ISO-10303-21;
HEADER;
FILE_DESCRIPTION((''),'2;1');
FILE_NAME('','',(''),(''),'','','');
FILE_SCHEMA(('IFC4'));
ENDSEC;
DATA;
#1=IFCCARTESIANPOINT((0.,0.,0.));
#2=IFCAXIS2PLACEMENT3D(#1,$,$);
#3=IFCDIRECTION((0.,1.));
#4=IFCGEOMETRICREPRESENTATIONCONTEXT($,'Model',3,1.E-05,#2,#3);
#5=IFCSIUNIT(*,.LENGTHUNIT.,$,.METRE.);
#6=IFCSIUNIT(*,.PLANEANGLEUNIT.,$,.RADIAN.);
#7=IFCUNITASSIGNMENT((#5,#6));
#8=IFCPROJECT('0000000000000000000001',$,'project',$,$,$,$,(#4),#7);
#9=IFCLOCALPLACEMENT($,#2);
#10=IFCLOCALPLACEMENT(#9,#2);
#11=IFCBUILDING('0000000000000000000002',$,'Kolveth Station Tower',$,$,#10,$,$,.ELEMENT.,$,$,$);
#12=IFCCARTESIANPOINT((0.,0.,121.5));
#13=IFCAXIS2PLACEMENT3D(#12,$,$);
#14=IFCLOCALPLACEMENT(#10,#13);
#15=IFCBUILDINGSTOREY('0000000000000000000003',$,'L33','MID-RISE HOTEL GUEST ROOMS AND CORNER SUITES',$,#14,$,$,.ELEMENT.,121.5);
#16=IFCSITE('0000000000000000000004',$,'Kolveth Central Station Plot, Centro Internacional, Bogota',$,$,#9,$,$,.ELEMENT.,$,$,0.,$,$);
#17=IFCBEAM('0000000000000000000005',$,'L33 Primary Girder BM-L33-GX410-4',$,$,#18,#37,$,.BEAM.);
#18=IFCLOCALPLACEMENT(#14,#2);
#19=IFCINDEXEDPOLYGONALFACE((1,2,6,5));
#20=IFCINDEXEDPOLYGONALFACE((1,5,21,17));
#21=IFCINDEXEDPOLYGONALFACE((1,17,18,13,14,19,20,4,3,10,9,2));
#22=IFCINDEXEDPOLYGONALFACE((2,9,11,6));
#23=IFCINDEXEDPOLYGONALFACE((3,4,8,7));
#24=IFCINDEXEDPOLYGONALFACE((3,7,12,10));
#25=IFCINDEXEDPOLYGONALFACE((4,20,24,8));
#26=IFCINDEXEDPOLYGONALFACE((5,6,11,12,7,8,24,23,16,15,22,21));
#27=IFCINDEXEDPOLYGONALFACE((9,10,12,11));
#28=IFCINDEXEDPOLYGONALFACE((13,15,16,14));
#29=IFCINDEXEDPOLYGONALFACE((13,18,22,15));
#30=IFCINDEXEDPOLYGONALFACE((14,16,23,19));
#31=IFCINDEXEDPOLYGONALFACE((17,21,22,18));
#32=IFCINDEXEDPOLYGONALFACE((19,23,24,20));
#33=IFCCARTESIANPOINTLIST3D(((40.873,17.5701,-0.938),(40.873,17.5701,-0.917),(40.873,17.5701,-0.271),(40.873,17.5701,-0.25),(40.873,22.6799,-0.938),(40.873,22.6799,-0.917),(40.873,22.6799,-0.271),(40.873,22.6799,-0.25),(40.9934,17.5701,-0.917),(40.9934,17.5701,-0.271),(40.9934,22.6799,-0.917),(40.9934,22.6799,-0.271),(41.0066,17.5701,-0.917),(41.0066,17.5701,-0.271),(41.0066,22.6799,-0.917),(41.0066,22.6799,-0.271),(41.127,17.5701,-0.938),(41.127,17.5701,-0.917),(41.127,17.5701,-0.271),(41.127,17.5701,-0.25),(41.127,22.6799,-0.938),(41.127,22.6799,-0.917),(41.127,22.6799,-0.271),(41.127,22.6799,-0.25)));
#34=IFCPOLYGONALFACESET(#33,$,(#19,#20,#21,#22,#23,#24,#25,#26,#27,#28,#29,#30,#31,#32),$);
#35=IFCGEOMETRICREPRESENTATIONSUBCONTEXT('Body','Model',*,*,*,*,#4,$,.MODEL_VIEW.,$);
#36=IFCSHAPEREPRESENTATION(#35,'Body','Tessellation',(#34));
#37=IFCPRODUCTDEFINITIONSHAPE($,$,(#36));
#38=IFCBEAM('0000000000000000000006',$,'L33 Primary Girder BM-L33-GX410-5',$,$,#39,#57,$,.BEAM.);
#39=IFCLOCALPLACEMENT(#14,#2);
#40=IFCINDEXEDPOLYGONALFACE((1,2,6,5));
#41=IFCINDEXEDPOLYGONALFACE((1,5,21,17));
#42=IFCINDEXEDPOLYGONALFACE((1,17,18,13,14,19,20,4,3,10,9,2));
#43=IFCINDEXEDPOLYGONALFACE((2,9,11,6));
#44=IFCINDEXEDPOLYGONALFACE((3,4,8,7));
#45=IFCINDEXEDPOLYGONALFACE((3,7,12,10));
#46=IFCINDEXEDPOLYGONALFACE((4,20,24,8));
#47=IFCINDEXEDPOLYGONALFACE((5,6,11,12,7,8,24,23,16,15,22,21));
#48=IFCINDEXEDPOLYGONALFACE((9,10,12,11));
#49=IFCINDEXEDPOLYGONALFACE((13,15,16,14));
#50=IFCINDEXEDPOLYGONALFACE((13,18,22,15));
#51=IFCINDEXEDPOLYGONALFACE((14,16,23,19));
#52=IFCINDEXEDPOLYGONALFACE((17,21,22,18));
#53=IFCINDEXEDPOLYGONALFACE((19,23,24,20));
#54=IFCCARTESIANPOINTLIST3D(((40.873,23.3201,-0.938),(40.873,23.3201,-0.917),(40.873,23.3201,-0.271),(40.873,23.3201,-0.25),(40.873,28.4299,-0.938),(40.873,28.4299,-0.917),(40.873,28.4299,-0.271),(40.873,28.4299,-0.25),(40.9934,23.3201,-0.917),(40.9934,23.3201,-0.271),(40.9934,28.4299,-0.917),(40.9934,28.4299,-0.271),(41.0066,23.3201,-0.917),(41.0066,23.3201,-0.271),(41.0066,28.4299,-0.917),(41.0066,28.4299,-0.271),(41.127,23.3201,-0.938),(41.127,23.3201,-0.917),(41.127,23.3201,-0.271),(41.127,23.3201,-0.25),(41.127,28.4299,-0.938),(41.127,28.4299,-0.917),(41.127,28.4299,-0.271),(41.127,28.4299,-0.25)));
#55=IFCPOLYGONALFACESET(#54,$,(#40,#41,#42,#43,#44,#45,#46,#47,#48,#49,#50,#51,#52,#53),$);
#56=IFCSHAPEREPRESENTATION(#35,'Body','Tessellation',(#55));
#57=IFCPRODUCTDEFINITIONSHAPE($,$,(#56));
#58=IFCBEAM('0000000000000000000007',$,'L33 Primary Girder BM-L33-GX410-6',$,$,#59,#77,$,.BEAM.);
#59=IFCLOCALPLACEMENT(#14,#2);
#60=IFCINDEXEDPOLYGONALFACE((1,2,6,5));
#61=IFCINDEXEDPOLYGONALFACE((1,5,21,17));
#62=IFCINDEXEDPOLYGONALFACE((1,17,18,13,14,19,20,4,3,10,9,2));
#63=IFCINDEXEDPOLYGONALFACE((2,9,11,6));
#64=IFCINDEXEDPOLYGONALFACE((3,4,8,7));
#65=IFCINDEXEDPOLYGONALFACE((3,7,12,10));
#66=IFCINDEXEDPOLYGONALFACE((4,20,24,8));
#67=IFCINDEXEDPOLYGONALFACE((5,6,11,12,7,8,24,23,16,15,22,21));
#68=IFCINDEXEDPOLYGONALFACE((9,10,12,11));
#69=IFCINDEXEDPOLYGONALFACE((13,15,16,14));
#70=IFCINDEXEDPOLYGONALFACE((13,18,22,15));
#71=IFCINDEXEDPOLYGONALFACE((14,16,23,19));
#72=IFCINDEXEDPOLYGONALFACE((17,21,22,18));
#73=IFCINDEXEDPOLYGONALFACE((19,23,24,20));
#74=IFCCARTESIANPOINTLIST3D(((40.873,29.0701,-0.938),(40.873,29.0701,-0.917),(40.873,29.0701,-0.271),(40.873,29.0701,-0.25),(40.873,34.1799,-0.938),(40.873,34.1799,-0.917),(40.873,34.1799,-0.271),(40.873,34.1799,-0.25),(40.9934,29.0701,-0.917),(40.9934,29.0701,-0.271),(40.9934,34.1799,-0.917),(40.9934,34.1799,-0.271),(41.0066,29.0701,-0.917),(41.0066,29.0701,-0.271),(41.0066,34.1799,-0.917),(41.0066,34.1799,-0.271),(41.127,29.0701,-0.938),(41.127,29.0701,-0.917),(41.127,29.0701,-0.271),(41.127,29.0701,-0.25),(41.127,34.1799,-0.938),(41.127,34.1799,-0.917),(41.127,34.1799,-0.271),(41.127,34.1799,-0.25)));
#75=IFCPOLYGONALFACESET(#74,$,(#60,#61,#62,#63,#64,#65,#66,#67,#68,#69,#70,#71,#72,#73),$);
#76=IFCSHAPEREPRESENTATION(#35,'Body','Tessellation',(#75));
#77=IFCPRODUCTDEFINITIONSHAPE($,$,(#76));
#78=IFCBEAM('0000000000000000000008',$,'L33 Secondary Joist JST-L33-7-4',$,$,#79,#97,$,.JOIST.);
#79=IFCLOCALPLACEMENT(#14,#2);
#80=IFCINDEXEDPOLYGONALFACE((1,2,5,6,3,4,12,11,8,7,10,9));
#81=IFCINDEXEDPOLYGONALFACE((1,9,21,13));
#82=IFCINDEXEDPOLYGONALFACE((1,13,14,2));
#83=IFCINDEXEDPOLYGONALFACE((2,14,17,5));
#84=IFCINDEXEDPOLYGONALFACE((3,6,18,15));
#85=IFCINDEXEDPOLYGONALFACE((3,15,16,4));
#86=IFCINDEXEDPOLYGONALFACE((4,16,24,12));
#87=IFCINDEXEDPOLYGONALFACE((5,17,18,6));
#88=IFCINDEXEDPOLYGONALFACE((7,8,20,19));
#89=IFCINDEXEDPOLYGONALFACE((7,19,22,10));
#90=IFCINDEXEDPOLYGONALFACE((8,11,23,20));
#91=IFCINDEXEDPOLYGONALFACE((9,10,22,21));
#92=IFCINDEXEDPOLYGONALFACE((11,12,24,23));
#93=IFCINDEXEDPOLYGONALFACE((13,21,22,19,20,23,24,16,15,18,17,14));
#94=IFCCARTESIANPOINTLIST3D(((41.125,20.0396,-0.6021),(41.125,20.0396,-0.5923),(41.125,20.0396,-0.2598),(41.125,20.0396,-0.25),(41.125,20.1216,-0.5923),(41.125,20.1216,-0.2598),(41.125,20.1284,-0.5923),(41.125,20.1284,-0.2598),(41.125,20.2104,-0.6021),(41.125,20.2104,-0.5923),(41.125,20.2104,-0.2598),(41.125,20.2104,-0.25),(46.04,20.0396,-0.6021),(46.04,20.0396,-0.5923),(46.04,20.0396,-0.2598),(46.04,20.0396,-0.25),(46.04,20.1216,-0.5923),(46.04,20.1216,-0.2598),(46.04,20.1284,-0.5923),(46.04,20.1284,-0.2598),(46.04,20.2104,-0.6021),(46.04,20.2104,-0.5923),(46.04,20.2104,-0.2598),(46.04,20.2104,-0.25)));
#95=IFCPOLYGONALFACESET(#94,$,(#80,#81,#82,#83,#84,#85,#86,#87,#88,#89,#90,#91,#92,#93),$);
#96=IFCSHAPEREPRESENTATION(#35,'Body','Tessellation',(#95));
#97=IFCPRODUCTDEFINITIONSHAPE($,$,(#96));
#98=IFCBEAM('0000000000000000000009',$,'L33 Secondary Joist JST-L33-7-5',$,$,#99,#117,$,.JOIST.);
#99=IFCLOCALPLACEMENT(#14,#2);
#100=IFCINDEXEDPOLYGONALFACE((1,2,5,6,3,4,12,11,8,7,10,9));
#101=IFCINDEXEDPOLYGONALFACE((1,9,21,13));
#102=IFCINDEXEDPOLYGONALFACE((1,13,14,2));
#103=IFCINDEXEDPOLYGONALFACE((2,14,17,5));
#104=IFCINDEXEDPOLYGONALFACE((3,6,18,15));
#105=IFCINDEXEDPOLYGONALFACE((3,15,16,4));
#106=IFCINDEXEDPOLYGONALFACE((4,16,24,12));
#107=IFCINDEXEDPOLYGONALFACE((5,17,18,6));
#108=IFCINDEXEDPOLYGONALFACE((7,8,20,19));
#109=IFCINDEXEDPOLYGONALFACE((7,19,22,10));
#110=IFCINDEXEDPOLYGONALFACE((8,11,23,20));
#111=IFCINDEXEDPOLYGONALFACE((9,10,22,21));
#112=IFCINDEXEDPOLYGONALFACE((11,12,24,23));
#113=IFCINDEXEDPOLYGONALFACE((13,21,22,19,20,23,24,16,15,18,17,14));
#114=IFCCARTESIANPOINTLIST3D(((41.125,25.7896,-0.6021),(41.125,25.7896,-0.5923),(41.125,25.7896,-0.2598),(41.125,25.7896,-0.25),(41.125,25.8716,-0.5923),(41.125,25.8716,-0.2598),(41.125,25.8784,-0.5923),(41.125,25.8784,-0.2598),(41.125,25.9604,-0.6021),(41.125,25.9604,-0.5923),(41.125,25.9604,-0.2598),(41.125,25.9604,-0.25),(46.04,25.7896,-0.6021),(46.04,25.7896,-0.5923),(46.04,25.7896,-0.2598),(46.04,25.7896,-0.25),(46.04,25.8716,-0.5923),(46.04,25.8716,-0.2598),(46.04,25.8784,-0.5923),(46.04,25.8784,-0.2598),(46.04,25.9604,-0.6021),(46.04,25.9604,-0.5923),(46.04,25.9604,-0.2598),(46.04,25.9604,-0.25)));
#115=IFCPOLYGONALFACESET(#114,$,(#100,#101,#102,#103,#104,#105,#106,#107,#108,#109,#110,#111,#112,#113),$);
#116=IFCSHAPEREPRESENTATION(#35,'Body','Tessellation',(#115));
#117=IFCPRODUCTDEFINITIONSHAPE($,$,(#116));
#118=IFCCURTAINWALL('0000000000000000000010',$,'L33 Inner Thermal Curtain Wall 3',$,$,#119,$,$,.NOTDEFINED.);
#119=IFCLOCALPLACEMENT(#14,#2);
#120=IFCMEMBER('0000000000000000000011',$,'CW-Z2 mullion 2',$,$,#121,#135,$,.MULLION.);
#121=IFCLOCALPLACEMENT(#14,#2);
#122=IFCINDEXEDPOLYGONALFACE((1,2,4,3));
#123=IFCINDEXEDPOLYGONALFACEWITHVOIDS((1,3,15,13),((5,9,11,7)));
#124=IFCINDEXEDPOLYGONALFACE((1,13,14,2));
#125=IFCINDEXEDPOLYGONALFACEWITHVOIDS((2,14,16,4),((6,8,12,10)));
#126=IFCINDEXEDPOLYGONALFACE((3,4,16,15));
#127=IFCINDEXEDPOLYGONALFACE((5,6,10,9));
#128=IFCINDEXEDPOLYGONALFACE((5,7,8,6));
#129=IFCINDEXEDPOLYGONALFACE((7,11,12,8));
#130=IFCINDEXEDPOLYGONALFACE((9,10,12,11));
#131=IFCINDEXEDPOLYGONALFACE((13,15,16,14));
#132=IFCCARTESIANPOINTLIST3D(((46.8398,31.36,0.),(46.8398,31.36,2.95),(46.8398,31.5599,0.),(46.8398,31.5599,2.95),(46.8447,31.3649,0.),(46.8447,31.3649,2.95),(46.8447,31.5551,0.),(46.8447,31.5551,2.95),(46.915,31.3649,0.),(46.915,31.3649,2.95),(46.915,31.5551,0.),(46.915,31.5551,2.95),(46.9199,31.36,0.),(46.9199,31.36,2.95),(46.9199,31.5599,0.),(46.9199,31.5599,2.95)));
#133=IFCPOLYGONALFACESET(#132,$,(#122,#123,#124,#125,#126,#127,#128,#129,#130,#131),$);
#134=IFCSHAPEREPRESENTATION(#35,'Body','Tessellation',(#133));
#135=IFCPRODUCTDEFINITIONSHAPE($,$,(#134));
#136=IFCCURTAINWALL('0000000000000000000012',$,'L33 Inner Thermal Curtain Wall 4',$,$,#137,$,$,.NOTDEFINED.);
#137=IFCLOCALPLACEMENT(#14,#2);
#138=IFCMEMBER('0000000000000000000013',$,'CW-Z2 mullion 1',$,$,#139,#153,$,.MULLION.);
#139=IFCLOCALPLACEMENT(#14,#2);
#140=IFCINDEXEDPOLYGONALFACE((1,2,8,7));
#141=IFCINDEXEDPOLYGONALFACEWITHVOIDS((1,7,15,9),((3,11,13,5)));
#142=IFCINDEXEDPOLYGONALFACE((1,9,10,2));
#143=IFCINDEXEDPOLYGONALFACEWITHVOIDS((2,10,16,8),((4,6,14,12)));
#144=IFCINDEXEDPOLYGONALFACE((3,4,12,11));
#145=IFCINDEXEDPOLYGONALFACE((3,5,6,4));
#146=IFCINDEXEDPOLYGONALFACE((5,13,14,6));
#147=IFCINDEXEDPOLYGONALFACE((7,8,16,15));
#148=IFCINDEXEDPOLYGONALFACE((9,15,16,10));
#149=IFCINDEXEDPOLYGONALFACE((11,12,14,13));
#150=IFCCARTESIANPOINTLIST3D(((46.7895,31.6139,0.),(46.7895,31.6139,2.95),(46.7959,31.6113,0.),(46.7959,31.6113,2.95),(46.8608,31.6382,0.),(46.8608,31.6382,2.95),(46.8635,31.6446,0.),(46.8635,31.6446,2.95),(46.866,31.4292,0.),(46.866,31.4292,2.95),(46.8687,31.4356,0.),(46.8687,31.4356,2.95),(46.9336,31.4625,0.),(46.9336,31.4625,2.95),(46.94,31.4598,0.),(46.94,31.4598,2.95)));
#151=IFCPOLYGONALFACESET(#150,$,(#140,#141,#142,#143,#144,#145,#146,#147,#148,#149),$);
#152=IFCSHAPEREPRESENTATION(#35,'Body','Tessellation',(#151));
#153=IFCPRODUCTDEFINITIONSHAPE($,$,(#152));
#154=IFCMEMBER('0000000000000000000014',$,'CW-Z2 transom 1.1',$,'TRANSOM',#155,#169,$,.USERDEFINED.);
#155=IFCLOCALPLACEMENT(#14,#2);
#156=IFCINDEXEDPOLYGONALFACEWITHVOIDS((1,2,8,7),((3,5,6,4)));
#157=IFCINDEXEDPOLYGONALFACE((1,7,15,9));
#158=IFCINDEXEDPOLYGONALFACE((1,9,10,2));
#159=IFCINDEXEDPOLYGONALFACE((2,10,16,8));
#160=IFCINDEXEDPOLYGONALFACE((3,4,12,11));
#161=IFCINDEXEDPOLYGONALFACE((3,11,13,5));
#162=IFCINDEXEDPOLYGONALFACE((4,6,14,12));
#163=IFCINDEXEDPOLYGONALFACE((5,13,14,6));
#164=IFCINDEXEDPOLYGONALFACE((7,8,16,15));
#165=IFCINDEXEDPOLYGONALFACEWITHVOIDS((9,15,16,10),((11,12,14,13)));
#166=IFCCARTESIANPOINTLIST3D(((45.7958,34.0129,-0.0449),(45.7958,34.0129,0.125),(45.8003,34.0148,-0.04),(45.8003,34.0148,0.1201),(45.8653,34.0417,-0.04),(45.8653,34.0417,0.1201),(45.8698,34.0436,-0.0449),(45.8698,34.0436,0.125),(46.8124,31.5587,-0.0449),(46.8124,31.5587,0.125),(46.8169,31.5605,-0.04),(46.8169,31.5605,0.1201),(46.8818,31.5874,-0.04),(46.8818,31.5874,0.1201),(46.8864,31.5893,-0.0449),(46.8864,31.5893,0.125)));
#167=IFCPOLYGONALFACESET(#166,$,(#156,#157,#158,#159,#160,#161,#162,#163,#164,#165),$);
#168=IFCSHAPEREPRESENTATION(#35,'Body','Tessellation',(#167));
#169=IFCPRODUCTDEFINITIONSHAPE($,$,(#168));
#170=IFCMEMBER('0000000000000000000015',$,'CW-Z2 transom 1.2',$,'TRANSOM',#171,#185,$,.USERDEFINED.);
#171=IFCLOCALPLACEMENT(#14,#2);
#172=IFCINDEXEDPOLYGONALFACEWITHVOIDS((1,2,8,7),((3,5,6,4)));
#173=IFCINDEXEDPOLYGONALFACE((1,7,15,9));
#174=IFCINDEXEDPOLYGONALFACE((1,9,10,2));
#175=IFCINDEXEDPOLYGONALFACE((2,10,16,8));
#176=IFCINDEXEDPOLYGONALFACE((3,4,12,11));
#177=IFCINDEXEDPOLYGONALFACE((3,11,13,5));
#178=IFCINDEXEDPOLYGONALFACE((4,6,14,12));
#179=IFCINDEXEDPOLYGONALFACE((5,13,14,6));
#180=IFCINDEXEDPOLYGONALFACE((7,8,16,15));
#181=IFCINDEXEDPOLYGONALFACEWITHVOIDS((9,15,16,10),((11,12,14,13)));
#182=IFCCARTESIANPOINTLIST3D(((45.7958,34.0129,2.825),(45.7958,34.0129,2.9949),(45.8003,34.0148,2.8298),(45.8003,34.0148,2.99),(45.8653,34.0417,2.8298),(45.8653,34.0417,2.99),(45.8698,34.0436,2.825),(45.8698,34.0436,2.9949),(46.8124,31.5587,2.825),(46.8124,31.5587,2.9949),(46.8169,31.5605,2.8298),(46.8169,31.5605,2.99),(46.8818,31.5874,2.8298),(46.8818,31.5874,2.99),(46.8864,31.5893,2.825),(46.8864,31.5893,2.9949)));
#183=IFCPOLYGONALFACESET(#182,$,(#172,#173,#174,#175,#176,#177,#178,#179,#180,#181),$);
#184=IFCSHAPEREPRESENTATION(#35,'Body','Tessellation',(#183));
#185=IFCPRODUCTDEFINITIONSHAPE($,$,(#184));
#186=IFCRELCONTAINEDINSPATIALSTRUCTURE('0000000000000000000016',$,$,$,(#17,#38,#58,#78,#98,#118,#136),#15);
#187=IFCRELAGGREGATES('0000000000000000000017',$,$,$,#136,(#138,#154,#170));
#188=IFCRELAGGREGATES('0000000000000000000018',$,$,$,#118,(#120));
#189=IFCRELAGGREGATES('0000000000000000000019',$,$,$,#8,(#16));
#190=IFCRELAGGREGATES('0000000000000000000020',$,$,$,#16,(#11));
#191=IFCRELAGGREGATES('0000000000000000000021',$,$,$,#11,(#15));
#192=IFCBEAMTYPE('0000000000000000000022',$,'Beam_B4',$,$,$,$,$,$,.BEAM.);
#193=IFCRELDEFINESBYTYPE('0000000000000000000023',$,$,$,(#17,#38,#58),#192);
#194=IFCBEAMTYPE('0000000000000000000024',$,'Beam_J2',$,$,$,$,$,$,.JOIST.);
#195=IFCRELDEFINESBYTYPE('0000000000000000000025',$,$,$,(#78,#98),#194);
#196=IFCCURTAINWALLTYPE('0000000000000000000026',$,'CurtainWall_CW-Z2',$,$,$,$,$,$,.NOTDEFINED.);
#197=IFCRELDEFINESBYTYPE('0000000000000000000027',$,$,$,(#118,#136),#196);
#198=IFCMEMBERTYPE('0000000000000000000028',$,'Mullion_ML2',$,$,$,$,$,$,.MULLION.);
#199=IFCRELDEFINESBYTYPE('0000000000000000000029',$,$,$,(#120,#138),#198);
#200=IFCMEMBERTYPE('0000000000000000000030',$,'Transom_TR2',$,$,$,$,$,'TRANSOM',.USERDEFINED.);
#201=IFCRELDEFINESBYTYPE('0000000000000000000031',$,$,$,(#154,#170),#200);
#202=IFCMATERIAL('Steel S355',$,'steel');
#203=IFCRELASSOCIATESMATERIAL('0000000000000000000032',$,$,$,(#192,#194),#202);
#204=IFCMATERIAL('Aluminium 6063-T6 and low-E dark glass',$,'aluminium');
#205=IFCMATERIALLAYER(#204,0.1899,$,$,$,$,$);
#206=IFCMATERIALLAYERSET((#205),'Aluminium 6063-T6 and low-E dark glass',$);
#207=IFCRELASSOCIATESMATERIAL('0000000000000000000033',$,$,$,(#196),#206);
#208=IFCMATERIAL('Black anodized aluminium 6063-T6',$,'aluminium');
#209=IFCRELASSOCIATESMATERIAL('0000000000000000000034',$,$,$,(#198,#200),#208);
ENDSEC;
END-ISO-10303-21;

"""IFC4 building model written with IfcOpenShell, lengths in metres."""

from ifc_helpers import new_model, si_unit, direction, frame, origin, origin_2d, place, context, subcontext, project, spatial, hollow_rectangle, i_section, extrude, source, transform, mapped, material, layer, layer_set, material_profile, profile_set, type_object, element, aggregate, save


model = new_model("IFC4")

# Units and contexts
model_context = context("Model", 3, precision=1e-05, world=origin(), true_north=direction((0.0, 1.0)))
body_context = subcontext(model_context, "Body", "Model", "MODEL_VIEW")
ifc_project = project(units=[si_unit("LENGTHUNIT", "METRE"), si_unit("PLANEANGLEUNIT", "RADIAN")], contexts=[model_context])

# Site, building, storey
site_placement = place(None, origin())
site = spatial("IfcSite", under=ifc_project, at=site_placement, Name="Kolveth Central Station Plot, Centro Internacional, Bogota", CompositionType="ELEMENT", RefElevation=0.0)
building_placement = place(site_placement, origin())
building = spatial("IfcBuilding", under=site, at=building_placement, Name="Kolveth Station Tower", CompositionType="ELEMENT")
storey_placement = place(building_placement, frame((0.0, 0.0, 121.5)))
storey = spatial("IfcBuildingStorey", under=building, at=storey_placement, Name="L33", Description="MID-RISE HOTEL GUEST ROOMS AND CORNER SUITES", CompositionType="ELEMENT", Elevation=121.5)

# Beams
ifc_material_1 = material(Name="Steel S355", Category="steel")
ifc_material_profile_1 = material_profile(ifc_material_1, i_section(OverallWidth=0.2539, OverallDepth=0.688, WebThickness=0.0132, FlangeThickness=0.021, at=origin_2d()), Name="W690x152")
ifc_profile_set_1 = profile_set([ifc_material_profile_1], Name="Steel S355")
beam_type_1 = type_object("IfcBeamType", Name="Beam_B4", PredefinedType="BEAM", material=ifc_profile_set_1)
shared_shape_1 = source(origin(), body_context, "Body", "SweptSolid", [
    extrude(i_section(OverallWidth=0.2539, OverallDepth=0.688, WebThickness=0.0132, FlangeThickness=0.021, at=origin_2d()), origin(), (0.0, 0.0, 1.0), 5.1099),
])
for number, where, z_axis, x_axis, name in (
    (1, (41.0, 17.5701, -0.594), (0.0, 1.0, 0.0), (-1.0, 0.0, 0.0), "L33 Primary Girder BM-L33-GX410-4"),
    (2, (41.0, 23.3201, -0.594), (0.0, 1.0, 0.0), (-1.0, 0.0, 0.0), "L33 Primary Girder BM-L33-GX410-5"),
    (3, (41.0, 29.0701, -0.594), (0.0, 1.0, 0.0), (-1.0, 0.0, 0.0), "L33 Primary Girder BM-L33-GX410-6"),
):
    element("IfcBeam", number, at=place(storey_placement, frame(where, z_axis=z_axis, x_axis=x_axis)), inside=storey, type_object=beam_type_1, Name=name, PredefinedType="BEAM", context=body_context, shape_type="MappedRepresentation", body=[
        mapped(shared_shape_1, transform((0.0, 0.0, 0.0), x_axis=(1.0, 0.0, 0.0), y_axis=(0.0, 1.0, 0.0), z_axis=(0.0, 0.0, 1.0), scale=1.0)),
    ])
ifc_material_profile_2 = material_profile(ifc_material_1, i_section(OverallWidth=0.1709, OverallDepth=0.3521, WebThickness=0.0068, FlangeThickness=0.0098, at=origin_2d()), Name="W360x44")
ifc_profile_set_2 = profile_set([ifc_material_profile_2], Name="Steel S355")
beam_type_2 = type_object("IfcBeamType", Name="Beam_J2", PredefinedType="JOIST", material=ifc_profile_set_2)
shared_shape_2 = source(origin(), body_context, "Body", "SweptSolid", [
    extrude(i_section(OverallWidth=0.1709, OverallDepth=0.3521, WebThickness=0.0068, FlangeThickness=0.0098, at=origin_2d()), origin(), (0.0, 0.0, 1.0), 4.915),
])
for number, where, z_axis, x_axis, name in (
    (4, (41.125, 20.125, -0.426), (1.0, 0.0, 0.0), (0.0, 1.0, 0.0), "L33 Secondary Joist JST-L33-7-4"),
    (5, (41.125, 25.875, -0.426), (1.0, 0.0, 0.0), (0.0, 1.0, 0.0), "L33 Secondary Joist JST-L33-7-5"),
):
    element("IfcBeam", number, at=place(storey_placement, frame(where, z_axis=z_axis, x_axis=x_axis)), inside=storey, type_object=beam_type_2, Name=name, PredefinedType="JOIST", context=body_context, shape_type="MappedRepresentation", body=[
        mapped(shared_shape_2, transform((0.0, 0.0, 0.0), x_axis=(1.0, 0.0, 0.0), y_axis=(0.0, 1.0, 0.0), z_axis=(0.0, 0.0, 1.0), scale=1.0)),
    ])

# Curtain wall, member
ifc_material_2 = material(Name="Aluminium 6063-T6 and low-E dark glass", Category="aluminium")
ifc_layer_1 = layer(ifc_material_2, 0.1899)
ifc_layer_set_1 = layer_set([ifc_layer_1], Name="Aluminium 6063-T6 and low-E dark glass")
curtain_wall_type = type_object("IfcCurtainWallType", Name="CurtainWall_CW-Z2", PredefinedType="NOTDEFINED", material=ifc_layer_set_1)
curtain_wall_1_placement = place(storey_placement, origin())
curtain_wall_1 = element("IfcCurtainWall", 6, at=curtain_wall_1_placement, inside=storey, type_object=curtain_wall_type, Name="L33 Inner Thermal Curtain Wall 3", PredefinedType="NOTDEFINED")
ifc_material_3 = material(Name="Black anodized aluminium 6063-T6", Category="aluminium")
ifc_material_profile_3 = material_profile(ifc_material_3, hollow_rectangle(XDim=0.0801, YDim=0.2, WallThickness=0.0049, at=origin_2d()), Name="ALU-80x200x5")
ifc_profile_set_3 = profile_set([ifc_material_profile_3], Name="Black anodized aluminium 6063-T6")
member_type_1 = type_object("IfcMemberType", Name="Mullion_ML2", PredefinedType="MULLION", material=ifc_profile_set_3)
shared_shape_3 = source(origin(), body_context, "Body", "SweptSolid", [
    extrude(hollow_rectangle(XDim=0.0801, YDim=0.2, WallThickness=0.0049, at=origin_2d()), origin(), (0.0, 0.0, 1.0), 2.95),
])
member_1_placement = place(storey_placement, frame((46.8799, 31.46, 0.0), z_axis=(0.0, 0.0, 1.0), x_axis=(-1.0, 0.0, 0.0)))
member_1 = element("IfcMember", 7, at=member_1_placement, type_object=member_type_1, Name="CW-Z2 mullion 2", PredefinedType="MULLION", context=body_context, shape_type="MappedRepresentation", body=[
    mapped(shared_shape_3, transform((0.0, 0.0, 0.0), x_axis=(1.0, 0.0, 0.0), y_axis=(0.0, 1.0, 0.0), z_axis=(0.0, 0.0, 1.0), scale=1.0)),
])

# Curtain wall, members
curtain_wall_2_placement = place(storey_placement, origin())
curtain_wall_2 = element("IfcCurtainWall", 8, at=curtain_wall_2_placement, inside=storey, type_object=curtain_wall_type, Name="L33 Inner Thermal Curtain Wall 4", PredefinedType="NOTDEFINED")
member_2_placement = place(storey_placement, frame((46.8647, 31.5369, 0.0), z_axis=(0.0, 0.0, 1.0), x_axis=(-0.923888, -0.382663, 0.0)))
member_2 = element("IfcMember", 9, at=member_2_placement, type_object=member_type_1, Name="CW-Z2 mullion 1", PredefinedType="MULLION", context=body_context, shape_type="MappedRepresentation", body=[
    mapped(shared_shape_3, transform((0.0, 0.0, 0.0), x_axis=(1.0, 0.0, 0.0), y_axis=(0.0, 1.0, 0.0), z_axis=(0.0, 0.0, 1.0), scale=1.0)),
])
ifc_material_profile_4 = material_profile(ifc_material_3, hollow_rectangle(XDim=0.0801, YDim=0.1699, WallThickness=0.0049, at=origin_2d()), Name="ALU-80x170x5")
ifc_profile_set_4 = profile_set([ifc_material_profile_4], Name="Black anodized aluminium 6063-T6")
member_type_2 = type_object("IfcMemberType", Name="Transom_TR2", ElementType="TRANSOM", PredefinedType="USERDEFINED", material=ifc_profile_set_4)
shared_shape_4 = source(origin(), body_context, "Body", "SweptSolid", [
    extrude(hollow_rectangle(XDim=0.0801, YDim=0.1699, WallThickness=0.0049, at=origin_2d()), origin(), (0.0, 0.0, 1.0), 2.6565),
])
member_3_placement = place(storey_placement, frame((46.8494, 31.574, 0.04), z_axis=(-0.382676, 0.923882, 0.0), x_axis=(-0.923882, -0.382676, 0.0)))
member_3 = element("IfcMember", 10, at=member_3_placement, type_object=member_type_2, Name="CW-Z2 transom 1.1", ObjectType="TRANSOM", PredefinedType="USERDEFINED", context=body_context, shape_type="MappedRepresentation", body=[
    mapped(shared_shape_4, transform((0.0, 0.0, 0.0), x_axis=(1.0, 0.0, 0.0), y_axis=(0.0, 1.0, 0.0), z_axis=(0.0, 0.0, 1.0), scale=1.0)),
])
member_4_placement = place(storey_placement, frame((46.8494, 31.574, 2.9099), z_axis=(-0.382676, 0.923882, 0.0), x_axis=(-0.923882, -0.382676, 0.0)))
member_4 = element("IfcMember", 11, at=member_4_placement, type_object=member_type_2, Name="CW-Z2 transom 1.2", ObjectType="TRANSOM", PredefinedType="USERDEFINED", context=body_context, shape_type="MappedRepresentation", body=[
    mapped(shared_shape_4, transform((0.0, 0.0, 0.0), x_axis=(1.0, 0.0, 0.0), y_axis=(0.0, 1.0, 0.0), z_axis=(0.0, 0.0, 1.0), scale=1.0)),
])
aggregate(curtain_wall_2, [member_2, member_3, member_4])

aggregate(curtain_wall_1, [member_1])

save(model, "model.ifc")
